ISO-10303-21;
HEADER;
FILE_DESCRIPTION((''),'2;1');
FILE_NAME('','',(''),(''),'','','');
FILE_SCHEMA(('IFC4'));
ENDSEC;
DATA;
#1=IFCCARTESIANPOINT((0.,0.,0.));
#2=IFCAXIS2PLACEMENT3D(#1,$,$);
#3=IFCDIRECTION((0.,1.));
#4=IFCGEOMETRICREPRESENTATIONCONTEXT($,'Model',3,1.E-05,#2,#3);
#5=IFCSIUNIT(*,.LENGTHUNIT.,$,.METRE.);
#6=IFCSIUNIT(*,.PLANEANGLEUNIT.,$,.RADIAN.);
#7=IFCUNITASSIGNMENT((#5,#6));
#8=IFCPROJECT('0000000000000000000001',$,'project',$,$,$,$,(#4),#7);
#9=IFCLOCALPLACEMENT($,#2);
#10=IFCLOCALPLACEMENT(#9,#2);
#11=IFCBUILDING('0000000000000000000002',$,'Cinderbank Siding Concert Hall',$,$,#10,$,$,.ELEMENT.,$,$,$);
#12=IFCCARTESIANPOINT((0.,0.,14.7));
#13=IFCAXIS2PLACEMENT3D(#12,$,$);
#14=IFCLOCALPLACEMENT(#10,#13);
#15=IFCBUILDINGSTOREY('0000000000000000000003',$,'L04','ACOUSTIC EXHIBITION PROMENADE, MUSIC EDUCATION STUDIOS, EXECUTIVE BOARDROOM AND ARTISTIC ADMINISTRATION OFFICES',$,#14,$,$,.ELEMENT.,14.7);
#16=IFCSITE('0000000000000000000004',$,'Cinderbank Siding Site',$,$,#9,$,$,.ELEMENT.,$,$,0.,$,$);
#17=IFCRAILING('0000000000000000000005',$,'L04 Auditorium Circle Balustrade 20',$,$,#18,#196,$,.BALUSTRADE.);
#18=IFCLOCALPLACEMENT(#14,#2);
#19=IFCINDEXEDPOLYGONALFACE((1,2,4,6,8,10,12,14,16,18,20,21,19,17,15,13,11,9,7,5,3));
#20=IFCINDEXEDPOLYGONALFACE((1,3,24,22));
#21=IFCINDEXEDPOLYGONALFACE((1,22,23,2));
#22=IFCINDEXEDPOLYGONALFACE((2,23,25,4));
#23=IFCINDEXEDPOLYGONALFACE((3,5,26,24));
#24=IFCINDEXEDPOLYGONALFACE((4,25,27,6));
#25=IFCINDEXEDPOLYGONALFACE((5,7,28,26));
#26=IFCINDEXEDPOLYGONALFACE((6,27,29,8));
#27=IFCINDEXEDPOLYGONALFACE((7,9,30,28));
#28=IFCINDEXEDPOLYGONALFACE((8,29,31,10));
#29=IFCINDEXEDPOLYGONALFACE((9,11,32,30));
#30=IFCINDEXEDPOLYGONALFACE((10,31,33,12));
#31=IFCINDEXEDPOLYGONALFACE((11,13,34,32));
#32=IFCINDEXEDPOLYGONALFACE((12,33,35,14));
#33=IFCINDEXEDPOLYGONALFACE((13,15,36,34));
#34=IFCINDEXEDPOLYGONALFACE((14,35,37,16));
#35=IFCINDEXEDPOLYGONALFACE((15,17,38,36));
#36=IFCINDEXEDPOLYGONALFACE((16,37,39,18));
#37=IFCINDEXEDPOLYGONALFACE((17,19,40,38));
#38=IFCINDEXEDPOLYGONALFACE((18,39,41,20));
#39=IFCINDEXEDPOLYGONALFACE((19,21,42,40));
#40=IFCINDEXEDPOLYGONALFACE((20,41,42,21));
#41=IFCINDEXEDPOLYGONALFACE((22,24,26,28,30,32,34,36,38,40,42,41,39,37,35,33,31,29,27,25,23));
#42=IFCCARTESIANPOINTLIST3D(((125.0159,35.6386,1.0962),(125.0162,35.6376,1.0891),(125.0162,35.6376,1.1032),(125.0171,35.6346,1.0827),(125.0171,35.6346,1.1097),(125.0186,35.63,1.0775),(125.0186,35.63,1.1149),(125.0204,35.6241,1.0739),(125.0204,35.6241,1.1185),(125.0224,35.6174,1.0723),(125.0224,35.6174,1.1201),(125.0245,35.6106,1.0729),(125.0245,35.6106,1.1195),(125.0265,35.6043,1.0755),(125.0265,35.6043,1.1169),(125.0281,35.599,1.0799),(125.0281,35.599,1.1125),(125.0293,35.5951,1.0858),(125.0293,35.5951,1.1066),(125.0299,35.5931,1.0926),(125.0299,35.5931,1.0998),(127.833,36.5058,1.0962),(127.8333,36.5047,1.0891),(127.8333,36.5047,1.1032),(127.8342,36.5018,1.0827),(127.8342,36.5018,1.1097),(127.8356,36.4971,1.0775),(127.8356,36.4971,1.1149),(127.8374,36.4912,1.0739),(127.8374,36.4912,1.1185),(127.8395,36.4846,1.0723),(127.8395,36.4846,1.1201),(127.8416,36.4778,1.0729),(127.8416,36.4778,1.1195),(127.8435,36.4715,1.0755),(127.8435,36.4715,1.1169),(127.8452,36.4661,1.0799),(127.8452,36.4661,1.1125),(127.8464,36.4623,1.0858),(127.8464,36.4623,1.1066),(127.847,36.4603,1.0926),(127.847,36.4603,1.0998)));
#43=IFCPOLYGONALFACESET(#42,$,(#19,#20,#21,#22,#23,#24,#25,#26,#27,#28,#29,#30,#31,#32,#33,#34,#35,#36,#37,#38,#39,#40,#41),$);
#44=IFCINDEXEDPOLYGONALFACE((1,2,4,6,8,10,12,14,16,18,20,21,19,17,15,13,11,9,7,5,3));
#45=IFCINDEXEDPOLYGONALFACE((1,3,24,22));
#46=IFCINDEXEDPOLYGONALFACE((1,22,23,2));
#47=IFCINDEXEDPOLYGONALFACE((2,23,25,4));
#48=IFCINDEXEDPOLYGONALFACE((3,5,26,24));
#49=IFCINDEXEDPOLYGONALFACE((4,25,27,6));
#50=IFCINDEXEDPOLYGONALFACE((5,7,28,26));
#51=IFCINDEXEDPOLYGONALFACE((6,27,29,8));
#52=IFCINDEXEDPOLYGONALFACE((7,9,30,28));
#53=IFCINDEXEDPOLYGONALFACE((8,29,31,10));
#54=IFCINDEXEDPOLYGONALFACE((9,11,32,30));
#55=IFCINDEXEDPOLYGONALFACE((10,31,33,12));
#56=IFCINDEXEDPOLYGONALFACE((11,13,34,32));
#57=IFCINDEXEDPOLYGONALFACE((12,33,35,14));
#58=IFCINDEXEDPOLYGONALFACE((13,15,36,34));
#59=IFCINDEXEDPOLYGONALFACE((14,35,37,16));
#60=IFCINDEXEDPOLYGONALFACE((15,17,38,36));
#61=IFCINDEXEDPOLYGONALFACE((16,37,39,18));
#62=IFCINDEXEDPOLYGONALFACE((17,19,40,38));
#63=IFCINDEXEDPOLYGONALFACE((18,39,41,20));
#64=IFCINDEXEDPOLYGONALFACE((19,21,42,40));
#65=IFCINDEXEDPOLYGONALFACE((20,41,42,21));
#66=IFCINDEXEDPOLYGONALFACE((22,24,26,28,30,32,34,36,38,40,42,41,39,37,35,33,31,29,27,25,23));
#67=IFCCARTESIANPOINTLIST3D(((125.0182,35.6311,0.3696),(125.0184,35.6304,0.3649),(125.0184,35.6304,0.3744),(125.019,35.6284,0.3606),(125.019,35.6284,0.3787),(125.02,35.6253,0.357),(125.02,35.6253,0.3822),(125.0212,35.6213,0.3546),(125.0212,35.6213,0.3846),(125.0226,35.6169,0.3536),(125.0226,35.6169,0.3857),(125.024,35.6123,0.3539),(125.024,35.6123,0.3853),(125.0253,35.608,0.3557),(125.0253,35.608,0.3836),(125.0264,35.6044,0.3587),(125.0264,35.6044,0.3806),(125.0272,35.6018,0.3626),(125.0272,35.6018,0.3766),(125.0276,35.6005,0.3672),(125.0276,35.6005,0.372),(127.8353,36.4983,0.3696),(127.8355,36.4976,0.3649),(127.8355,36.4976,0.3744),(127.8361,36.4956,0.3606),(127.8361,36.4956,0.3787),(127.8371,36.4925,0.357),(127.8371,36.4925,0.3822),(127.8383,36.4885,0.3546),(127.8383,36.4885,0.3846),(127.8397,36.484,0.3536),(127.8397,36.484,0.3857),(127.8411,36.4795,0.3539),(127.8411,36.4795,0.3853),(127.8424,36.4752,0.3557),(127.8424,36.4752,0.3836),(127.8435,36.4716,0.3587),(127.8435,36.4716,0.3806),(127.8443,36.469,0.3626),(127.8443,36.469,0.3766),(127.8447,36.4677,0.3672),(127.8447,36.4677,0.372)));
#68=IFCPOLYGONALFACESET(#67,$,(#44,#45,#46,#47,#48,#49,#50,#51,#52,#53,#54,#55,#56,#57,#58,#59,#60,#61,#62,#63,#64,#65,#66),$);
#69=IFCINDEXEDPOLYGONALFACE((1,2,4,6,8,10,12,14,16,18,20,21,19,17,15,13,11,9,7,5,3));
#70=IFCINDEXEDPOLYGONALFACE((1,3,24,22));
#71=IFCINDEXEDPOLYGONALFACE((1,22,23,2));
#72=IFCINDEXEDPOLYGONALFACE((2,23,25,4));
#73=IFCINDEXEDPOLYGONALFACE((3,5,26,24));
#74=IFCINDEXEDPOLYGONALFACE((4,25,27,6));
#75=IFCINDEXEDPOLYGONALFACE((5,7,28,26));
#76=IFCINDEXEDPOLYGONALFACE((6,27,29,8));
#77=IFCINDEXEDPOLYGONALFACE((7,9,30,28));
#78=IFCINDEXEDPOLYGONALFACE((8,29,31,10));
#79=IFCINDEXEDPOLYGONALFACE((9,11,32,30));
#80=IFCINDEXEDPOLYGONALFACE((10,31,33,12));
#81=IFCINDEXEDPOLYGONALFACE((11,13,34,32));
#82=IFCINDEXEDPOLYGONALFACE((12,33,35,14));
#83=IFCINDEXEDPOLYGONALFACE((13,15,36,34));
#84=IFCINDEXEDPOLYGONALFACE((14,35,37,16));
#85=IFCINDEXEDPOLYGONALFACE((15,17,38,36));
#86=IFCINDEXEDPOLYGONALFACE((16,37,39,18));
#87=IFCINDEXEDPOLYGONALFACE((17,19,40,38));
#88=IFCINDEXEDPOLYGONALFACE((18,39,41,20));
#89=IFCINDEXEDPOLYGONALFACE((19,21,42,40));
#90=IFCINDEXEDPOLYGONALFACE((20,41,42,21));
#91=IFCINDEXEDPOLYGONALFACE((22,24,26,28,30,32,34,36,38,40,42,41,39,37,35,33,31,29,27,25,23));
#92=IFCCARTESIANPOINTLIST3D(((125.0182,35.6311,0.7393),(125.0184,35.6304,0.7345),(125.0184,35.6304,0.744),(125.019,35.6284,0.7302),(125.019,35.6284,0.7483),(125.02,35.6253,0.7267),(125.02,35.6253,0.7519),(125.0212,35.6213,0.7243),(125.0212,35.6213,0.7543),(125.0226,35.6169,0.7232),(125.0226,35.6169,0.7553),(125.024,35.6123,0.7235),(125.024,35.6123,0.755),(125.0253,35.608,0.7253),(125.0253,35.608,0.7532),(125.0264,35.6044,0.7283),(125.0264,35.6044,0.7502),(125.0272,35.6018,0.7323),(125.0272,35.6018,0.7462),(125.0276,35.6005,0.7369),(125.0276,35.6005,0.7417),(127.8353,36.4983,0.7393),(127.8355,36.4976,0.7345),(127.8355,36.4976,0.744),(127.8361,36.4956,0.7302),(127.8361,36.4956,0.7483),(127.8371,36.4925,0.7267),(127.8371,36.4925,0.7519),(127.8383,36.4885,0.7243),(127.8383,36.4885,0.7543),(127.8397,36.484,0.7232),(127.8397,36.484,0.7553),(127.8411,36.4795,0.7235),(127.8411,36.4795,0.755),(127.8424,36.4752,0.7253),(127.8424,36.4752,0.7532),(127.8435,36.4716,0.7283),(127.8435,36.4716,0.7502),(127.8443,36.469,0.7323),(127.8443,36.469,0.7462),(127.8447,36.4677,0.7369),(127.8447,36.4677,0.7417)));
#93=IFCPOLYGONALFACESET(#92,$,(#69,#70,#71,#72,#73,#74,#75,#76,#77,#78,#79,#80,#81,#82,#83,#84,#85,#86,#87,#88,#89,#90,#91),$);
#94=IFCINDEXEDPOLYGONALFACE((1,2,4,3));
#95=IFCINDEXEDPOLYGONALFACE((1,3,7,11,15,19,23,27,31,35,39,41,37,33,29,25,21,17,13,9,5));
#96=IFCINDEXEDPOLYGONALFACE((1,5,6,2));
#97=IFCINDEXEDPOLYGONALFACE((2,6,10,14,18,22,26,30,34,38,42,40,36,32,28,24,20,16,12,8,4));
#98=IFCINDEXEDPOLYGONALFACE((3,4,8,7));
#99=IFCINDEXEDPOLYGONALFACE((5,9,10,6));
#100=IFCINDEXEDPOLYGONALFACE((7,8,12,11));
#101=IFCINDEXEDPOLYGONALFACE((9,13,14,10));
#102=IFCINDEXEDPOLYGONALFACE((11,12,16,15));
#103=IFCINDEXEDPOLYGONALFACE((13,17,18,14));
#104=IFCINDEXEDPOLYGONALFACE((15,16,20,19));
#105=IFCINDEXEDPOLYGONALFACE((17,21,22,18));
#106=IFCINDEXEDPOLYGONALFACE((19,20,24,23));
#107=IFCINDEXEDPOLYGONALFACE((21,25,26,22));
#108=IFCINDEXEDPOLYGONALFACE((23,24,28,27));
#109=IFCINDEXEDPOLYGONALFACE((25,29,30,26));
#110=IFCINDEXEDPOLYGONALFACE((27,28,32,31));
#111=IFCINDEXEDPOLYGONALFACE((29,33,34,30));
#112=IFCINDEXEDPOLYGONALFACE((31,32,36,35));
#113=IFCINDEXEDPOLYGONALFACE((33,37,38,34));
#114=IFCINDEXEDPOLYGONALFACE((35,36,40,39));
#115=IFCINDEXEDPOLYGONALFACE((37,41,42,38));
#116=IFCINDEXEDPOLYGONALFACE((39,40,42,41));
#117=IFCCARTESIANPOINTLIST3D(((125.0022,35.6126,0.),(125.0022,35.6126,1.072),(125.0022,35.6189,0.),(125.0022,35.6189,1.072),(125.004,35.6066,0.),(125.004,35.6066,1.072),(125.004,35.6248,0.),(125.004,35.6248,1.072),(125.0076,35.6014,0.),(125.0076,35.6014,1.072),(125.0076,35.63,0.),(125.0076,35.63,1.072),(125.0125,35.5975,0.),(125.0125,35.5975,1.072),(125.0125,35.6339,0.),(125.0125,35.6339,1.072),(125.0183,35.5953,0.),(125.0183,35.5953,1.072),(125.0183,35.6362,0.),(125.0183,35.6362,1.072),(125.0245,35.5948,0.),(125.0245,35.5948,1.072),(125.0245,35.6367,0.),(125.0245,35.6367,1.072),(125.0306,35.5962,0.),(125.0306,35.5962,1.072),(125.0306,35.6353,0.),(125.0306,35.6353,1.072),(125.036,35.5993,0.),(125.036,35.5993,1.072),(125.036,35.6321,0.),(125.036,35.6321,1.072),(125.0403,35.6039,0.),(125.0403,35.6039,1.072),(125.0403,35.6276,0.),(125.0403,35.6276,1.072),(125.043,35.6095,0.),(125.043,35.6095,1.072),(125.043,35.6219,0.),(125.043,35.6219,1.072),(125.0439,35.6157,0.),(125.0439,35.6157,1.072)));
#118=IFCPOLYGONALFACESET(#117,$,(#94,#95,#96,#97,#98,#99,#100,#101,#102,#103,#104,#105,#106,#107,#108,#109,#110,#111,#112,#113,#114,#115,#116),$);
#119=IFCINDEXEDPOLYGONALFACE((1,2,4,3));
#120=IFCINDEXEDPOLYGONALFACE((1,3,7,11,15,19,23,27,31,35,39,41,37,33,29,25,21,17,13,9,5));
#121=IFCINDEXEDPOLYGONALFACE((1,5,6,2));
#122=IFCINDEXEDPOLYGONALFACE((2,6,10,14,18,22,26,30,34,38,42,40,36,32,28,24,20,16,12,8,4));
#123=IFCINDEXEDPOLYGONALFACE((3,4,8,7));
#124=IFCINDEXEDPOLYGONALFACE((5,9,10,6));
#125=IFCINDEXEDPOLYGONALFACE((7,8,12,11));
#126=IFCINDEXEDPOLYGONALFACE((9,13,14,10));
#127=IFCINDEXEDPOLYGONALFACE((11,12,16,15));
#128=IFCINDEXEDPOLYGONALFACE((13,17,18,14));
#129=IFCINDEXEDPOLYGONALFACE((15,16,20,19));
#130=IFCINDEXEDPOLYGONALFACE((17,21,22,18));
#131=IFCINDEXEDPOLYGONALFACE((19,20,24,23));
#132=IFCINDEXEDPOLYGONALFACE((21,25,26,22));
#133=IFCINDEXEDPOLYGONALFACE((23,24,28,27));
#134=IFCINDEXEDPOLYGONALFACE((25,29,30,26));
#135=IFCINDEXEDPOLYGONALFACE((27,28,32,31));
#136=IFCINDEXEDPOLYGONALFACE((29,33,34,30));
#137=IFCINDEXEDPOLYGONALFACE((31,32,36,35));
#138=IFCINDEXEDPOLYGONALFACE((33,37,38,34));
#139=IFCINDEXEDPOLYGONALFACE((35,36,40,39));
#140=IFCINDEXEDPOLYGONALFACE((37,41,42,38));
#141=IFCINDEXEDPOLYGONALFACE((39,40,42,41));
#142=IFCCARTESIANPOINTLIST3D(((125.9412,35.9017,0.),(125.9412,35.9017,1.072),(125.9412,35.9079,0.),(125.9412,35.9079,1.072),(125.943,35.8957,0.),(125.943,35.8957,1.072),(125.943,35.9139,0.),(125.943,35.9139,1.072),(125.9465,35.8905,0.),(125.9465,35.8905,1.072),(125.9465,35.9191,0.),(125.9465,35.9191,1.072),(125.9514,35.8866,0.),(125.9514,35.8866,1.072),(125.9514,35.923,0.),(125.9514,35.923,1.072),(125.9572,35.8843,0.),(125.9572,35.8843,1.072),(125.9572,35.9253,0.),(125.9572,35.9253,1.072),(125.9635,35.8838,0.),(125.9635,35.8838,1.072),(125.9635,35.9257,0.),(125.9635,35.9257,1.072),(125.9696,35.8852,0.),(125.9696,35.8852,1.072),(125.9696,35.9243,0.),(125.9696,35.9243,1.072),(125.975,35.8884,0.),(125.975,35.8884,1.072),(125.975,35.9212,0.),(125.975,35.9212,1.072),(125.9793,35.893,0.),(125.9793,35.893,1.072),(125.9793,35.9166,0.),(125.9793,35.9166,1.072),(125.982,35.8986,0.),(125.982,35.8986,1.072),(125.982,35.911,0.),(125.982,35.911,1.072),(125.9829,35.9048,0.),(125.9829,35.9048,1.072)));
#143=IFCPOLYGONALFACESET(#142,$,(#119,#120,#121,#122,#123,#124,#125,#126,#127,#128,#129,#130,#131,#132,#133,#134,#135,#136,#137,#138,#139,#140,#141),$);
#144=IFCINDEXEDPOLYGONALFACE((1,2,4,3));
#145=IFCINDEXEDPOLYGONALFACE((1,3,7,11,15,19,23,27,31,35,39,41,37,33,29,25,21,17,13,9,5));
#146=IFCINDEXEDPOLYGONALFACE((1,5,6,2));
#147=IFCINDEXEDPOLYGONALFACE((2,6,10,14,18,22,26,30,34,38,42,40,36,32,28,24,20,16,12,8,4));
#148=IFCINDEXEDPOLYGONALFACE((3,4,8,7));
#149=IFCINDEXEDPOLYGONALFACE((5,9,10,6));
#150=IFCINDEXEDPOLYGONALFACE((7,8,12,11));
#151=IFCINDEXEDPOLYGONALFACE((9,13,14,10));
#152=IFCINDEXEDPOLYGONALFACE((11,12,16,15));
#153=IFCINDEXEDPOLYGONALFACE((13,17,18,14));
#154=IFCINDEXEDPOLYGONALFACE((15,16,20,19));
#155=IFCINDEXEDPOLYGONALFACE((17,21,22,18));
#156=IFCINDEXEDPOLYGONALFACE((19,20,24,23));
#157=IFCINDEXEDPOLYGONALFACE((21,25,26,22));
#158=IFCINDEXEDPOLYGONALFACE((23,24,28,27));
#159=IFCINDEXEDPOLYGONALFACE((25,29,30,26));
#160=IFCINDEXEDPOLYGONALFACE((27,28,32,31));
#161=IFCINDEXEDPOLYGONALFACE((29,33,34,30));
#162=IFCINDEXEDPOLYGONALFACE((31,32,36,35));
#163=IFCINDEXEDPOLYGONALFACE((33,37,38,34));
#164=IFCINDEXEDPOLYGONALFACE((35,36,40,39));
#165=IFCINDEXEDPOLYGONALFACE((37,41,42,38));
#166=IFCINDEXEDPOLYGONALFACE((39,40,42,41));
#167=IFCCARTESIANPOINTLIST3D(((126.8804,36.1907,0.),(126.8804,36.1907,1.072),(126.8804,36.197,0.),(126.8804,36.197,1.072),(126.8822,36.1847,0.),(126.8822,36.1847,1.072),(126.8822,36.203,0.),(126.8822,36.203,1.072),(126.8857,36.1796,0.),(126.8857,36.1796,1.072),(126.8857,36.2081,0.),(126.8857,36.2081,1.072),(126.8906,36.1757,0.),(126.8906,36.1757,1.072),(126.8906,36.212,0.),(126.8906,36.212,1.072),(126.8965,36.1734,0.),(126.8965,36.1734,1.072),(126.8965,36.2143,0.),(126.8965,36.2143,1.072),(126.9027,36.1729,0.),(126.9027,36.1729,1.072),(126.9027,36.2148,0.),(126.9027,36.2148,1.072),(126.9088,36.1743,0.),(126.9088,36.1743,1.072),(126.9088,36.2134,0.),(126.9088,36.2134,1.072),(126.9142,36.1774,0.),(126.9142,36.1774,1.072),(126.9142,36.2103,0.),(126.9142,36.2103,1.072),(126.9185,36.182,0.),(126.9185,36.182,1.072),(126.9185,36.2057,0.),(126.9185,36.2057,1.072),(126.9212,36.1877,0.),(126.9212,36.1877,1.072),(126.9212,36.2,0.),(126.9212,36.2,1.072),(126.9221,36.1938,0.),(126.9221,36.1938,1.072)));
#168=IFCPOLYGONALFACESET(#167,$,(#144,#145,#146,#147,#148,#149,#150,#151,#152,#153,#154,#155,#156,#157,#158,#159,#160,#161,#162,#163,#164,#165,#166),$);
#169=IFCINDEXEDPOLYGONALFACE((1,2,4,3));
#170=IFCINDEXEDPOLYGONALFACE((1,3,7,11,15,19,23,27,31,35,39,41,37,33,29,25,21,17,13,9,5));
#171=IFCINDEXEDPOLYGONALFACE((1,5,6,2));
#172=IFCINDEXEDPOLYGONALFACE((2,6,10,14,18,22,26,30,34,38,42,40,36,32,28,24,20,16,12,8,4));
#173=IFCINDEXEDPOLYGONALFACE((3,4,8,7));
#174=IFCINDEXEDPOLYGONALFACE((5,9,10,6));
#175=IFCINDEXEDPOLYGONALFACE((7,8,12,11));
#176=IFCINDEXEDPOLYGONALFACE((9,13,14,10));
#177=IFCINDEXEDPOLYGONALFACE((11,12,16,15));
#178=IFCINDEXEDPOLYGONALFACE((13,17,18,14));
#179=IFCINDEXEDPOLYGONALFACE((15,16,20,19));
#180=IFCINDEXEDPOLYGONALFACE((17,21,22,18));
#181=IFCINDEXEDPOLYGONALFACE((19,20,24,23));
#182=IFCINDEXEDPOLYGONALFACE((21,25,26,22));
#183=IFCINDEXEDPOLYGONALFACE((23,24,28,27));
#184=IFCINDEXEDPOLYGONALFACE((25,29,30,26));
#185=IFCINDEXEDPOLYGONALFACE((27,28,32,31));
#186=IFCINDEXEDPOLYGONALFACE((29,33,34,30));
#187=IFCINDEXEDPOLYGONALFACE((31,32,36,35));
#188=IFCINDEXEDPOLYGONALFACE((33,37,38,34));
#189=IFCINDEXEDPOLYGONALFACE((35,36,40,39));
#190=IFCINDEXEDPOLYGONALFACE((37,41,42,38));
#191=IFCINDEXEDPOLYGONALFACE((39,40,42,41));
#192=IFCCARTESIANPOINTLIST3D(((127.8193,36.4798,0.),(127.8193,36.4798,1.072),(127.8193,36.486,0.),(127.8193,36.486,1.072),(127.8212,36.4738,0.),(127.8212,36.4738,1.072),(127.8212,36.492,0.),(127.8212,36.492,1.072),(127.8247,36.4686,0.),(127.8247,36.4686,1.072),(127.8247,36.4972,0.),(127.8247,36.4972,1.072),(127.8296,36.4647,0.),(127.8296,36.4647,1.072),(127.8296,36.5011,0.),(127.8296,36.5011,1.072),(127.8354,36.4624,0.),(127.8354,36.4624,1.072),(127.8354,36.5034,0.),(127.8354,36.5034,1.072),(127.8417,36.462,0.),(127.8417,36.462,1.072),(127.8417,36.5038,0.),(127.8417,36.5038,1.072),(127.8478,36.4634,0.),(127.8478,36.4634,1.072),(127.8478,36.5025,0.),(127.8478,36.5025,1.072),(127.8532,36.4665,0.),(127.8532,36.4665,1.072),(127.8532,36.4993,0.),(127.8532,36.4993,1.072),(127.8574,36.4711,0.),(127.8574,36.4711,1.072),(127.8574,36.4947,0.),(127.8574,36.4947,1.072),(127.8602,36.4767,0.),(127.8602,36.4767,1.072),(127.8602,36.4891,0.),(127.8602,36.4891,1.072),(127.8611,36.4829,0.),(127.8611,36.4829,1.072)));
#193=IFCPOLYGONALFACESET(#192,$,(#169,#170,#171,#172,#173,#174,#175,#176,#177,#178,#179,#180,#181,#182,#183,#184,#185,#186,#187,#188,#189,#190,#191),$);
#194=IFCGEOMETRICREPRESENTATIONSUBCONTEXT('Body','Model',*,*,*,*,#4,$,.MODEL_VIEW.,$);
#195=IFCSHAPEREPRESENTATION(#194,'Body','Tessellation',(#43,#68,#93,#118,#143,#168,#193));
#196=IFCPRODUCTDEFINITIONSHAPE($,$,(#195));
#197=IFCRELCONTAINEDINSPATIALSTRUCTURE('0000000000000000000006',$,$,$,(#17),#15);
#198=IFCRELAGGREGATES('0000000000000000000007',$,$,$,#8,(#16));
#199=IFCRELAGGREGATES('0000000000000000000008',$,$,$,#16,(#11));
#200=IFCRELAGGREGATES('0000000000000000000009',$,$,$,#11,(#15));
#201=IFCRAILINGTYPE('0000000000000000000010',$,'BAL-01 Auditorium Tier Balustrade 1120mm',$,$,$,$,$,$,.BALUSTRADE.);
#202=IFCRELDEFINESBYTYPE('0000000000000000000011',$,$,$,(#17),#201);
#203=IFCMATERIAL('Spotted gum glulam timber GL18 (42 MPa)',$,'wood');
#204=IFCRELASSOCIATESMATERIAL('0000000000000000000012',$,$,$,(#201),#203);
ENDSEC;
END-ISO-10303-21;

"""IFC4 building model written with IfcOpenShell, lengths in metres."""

from ifc_helpers import new_model, si_unit, direction, frame, origin, origin_2d, place, context, subcontext, project, spatial, circle, extrude, material, type_object, element, save


model = new_model("IFC4")

# Units and contexts
model_context = context("Model", 3, precision=1e-05, world=origin(), true_north=direction((0.0, 1.0)))
body_context = subcontext(model_context, "Body", "Model", "MODEL_VIEW")
ifc_project = project(units=[si_unit("LENGTHUNIT", "METRE"), si_unit("PLANEANGLEUNIT", "RADIAN")], contexts=[model_context])

# Site, building, storey
site_placement = place(None, origin())
site = spatial("IfcSite", under=ifc_project, at=site_placement, Name="Cinderbank Siding Site", CompositionType="ELEMENT", RefElevation=0.0)
building_placement = place(site_placement, origin())
building = spatial("IfcBuilding", under=site, at=building_placement, Name="Cinderbank Siding Concert Hall", CompositionType="ELEMENT")
storey_placement = place(building_placement, frame((0.0, 0.0, 14.7)))
storey = spatial("IfcBuildingStorey", under=building, at=storey_placement, Name="L04", Description="ACOUSTIC EXHIBITION PROMENADE, MUSIC EDUCATION STUDIOS, EXECUTIVE BOARDROOM AND ARTISTIC ADMINISTRATION OFFICES", CompositionType="ELEMENT", Elevation=14.7)

# Shared definitions
ifc_material_1 = material(Name="Spotted gum glulam timber GL18 (42 MPa)", Category="wood")

# Railing
railing_type = type_object("IfcRailingType", Name="BAL-01 Auditorium Tier Balustrade 1120mm", PredefinedType="BALUSTRADE", material=ifc_material_1)
railing_1_placement = place(storey_placement, frame((125.0229, 35.6157, 0.0)))
element("IfcRailing", 1, at=railing_1_placement, inside=storey, type_object=railing_type, Name="L04 Auditorium Circle Balustrade 20", PredefinedType="BALUSTRADE", context=body_context, shape_type="SweptSolid", body=[
    extrude(circle(Radius=0.0239, at=origin_2d()), frame((0.0, 0.0, 1.0962), z_axis=(0.955743, 0.294202, 0.0), x_axis=(-0.294202, 0.955743, 0.0)), (0.0, 0.0, 1.0), 2.9475),
    extrude(circle(Radius=0.0161, at=origin_2d()), frame((0.0, 0.0, 0.3696), z_axis=(0.955743, 0.294202, 0.0), x_axis=(-0.294202, 0.955743, 0.0)), (0.0, 0.0, 1.0), 2.9475),
    extrude(circle(Radius=0.0161, at=origin_2d()), frame((0.0, 0.0, 0.7393), z_axis=(0.955743, 0.294202, 0.0), x_axis=(-0.294202, 0.955743, 0.0)), (0.0, 0.0, 1.0), 2.9475),
    extrude(circle(Radius=0.021, at=origin_2d()), origin(), (0.0, 0.0, 1.0), 1.072),
    extrude(circle(Radius=0.021, at=origin_2d()), frame((0.939, 0.2891, 0.0)), (0.0, 0.0, 1.0), 1.072),
    extrude(circle(Radius=0.021, at=origin_2d()), frame((1.8782, 0.5781, 0.0)), (0.0, 0.0, 1.0), 1.072),
    extrude(circle(Radius=0.021, at=origin_2d()), frame((2.8171, 0.8672, 0.0)), (0.0, 0.0, 1.0), 1.072),
])

save(model, "model.ifc")
